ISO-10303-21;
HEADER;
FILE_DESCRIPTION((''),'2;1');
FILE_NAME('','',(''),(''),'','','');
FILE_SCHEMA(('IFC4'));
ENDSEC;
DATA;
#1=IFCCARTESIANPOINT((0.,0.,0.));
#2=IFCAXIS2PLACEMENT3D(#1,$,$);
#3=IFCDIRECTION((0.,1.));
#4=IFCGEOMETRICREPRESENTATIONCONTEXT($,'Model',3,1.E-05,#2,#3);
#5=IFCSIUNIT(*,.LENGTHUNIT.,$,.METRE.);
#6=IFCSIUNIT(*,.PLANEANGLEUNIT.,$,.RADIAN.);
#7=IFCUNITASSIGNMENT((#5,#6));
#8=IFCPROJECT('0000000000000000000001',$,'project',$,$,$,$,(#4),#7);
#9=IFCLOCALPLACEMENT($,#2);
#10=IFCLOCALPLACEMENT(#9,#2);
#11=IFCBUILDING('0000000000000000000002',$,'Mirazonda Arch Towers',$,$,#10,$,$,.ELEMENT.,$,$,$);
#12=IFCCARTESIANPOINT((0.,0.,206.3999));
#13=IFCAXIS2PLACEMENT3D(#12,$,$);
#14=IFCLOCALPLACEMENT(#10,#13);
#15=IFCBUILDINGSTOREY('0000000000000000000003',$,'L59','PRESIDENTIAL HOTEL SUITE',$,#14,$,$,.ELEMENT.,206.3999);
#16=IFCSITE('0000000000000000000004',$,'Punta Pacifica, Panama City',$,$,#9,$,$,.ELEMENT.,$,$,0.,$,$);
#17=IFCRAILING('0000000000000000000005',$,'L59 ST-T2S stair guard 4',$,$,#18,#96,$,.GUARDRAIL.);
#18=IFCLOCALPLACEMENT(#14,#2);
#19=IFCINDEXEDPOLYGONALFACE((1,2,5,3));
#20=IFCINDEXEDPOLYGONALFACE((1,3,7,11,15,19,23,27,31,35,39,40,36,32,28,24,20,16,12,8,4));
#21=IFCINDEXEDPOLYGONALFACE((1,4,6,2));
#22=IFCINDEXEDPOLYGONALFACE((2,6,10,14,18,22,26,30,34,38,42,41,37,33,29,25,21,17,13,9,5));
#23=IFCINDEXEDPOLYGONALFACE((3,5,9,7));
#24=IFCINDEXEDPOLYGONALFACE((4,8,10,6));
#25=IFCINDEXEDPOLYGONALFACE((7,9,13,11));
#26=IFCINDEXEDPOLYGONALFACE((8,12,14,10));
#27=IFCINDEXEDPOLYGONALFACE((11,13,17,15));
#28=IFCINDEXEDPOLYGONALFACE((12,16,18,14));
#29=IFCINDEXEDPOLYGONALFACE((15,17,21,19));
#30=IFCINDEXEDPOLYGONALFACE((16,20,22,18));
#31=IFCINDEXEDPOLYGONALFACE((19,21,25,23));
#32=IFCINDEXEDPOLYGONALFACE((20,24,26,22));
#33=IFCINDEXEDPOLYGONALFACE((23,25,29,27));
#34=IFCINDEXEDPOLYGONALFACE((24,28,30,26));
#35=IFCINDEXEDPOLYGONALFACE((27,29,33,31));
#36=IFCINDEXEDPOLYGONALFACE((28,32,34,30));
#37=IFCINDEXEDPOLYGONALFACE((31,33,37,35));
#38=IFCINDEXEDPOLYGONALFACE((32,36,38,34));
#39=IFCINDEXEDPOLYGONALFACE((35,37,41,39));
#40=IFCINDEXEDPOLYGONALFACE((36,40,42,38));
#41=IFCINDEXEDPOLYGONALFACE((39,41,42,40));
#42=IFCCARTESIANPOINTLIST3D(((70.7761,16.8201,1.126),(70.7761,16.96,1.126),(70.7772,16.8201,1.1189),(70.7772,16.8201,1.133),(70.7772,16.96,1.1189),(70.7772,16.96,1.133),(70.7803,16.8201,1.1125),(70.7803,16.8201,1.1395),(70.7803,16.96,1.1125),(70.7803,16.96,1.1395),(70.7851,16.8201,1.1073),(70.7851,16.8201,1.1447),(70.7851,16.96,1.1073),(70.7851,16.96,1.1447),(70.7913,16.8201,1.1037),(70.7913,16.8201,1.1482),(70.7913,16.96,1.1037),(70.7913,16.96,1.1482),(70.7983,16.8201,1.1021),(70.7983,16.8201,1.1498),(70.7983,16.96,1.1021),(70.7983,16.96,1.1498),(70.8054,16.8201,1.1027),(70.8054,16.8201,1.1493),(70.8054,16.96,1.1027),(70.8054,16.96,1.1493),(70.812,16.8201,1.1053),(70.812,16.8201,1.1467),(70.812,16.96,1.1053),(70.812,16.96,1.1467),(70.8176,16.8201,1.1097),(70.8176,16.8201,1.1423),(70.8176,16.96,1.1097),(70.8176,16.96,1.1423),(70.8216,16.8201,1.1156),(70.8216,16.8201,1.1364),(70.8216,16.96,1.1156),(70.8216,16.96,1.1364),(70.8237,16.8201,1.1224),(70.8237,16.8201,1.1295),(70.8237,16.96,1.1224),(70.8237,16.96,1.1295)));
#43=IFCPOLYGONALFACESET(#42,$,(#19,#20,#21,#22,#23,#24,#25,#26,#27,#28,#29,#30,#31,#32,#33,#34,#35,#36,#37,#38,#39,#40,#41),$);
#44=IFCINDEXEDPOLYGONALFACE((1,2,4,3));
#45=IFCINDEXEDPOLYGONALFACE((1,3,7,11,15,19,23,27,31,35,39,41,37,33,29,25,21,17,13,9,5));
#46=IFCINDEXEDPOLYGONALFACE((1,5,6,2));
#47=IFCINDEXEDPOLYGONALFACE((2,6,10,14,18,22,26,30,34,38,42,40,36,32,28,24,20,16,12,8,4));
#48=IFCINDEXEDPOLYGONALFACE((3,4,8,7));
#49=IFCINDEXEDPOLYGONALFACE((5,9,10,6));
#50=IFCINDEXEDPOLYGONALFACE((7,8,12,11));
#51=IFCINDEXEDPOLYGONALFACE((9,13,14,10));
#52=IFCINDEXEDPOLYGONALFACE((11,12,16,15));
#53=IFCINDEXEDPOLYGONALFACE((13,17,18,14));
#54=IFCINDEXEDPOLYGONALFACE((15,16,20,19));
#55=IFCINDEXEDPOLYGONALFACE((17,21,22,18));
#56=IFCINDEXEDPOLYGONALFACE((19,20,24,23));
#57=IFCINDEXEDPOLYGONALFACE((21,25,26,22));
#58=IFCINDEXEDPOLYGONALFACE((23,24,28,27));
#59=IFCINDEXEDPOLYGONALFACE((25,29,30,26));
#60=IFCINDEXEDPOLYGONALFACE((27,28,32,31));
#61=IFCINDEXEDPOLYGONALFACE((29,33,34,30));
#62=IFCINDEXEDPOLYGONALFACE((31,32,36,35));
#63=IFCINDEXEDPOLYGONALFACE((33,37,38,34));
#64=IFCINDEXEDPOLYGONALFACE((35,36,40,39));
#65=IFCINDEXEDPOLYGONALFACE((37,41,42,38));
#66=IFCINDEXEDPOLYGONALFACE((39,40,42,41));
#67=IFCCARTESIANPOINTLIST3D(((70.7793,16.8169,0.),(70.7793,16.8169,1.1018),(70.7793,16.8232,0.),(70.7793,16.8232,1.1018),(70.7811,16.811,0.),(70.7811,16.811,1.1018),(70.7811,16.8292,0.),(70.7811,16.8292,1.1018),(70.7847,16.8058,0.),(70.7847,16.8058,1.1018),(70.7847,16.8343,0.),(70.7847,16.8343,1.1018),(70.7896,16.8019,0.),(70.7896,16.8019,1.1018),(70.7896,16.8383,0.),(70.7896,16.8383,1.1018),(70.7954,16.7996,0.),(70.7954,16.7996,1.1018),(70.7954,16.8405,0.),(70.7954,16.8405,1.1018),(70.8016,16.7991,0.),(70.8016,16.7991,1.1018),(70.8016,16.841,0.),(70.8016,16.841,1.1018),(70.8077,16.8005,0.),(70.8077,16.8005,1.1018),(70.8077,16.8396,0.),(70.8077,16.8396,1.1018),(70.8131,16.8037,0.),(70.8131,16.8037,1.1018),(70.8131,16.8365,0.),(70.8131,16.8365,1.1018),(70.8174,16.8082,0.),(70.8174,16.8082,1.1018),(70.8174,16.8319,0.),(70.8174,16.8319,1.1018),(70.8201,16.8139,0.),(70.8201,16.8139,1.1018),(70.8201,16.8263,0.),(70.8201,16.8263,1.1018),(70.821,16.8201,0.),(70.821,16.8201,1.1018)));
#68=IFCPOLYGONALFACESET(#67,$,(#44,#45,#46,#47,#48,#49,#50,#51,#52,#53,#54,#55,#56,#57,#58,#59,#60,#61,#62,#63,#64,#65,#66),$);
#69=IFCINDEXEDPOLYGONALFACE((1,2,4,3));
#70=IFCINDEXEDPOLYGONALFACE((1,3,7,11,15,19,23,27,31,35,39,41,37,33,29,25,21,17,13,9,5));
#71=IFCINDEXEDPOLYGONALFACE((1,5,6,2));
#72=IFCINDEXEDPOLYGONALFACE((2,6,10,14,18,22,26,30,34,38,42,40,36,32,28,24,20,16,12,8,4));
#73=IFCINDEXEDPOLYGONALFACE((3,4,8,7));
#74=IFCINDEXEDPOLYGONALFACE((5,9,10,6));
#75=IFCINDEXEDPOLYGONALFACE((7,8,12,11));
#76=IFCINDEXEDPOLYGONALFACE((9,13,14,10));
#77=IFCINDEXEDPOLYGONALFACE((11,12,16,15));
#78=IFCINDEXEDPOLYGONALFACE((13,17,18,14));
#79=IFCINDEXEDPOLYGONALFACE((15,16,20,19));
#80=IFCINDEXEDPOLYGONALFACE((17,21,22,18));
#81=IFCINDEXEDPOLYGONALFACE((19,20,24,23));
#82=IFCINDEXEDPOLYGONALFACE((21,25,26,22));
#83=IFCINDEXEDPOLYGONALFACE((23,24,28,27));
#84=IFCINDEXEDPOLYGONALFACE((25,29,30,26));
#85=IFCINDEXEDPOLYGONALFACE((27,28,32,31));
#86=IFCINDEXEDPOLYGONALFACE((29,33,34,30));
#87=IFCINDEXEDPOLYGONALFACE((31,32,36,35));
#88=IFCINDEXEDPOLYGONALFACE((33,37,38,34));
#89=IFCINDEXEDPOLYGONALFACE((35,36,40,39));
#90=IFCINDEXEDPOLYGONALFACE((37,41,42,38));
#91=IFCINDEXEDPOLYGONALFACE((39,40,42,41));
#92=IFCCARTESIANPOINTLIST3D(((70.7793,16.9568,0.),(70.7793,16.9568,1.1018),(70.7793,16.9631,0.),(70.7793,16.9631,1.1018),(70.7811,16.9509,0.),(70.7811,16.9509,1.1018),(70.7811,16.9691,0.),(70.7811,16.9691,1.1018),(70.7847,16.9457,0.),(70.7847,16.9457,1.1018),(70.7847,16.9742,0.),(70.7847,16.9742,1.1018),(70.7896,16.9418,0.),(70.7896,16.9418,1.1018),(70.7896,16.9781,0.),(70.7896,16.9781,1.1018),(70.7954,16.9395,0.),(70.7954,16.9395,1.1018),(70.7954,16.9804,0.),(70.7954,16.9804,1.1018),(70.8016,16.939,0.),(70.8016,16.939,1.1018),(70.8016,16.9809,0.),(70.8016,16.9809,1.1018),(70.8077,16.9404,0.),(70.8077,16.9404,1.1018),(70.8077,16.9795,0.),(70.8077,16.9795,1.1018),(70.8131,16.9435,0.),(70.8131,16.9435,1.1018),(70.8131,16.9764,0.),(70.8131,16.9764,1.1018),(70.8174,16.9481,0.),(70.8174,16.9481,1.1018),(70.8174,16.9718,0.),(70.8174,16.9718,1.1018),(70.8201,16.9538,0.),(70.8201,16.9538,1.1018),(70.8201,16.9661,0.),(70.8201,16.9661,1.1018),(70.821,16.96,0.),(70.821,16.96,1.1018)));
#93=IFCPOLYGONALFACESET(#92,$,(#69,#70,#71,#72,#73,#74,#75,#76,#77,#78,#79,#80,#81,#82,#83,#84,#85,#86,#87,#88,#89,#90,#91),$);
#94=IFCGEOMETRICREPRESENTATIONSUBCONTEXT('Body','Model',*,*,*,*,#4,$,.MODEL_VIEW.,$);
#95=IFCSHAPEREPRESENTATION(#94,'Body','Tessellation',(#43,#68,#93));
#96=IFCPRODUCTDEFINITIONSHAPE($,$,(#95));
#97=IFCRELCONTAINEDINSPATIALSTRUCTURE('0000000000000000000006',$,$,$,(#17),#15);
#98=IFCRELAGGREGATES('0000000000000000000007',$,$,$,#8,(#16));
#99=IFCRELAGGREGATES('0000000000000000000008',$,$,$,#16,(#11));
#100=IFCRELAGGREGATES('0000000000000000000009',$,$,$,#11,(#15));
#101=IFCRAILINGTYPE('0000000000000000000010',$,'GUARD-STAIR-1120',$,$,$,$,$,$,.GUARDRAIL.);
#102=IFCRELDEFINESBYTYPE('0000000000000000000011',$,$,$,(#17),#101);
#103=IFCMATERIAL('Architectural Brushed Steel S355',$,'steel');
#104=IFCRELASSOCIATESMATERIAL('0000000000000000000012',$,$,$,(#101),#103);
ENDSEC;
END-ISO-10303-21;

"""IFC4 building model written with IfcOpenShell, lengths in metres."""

from ifc_helpers import new_model, si_unit, direction, frame, origin, origin_2d, place, context, subcontext, project, spatial, circle, extrude, material, type_object, element, save


model = new_model("IFC4")

# Units and contexts
model_context = context("Model", 3, precision=1e-05, world=origin(), true_north=direction((0.0, 1.0)))
body_context = subcontext(model_context, "Body", "Model", "MODEL_VIEW")
ifc_project = project(units=[si_unit("LENGTHUNIT", "METRE"), si_unit("PLANEANGLEUNIT", "RADIAN")], contexts=[model_context])

# Site, building, storey
site_placement = place(None, origin())
site = spatial("IfcSite", under=ifc_project, at=site_placement, Name="Punta Pacifica, Panama City", CompositionType="ELEMENT", RefElevation=0.0)
building_placement = place(site_placement, origin())
building = spatial("IfcBuilding", under=site, at=building_placement, Name="Mirazonda Arch Towers", CompositionType="ELEMENT")
storey_placement = place(building_placement, frame((0.0, 0.0, 206.3999)))
storey = spatial("IfcBuildingStorey", under=building, at=storey_placement, Name="L59", Description="PRESIDENTIAL HOTEL SUITE", CompositionType="ELEMENT", Elevation=206.3999)

# Railing
ifc_material_1 = material(Name="Architectural Brushed Steel S355", Category="steel")
railing_type_1 = type_object("IfcRailingType", Name="GUARD-STAIR-1120", PredefinedType="GUARDRAIL", material=ifc_material_1)
railing_1_placement = place(storey_placement, frame((70.8, 16.8201, 0.0)))
element("IfcRailing", 1, at=railing_1_placement, inside=storey, type_object=railing_type_1, Name="L59 ST-T2S stair guard 4", PredefinedType="GUARDRAIL", context=body_context, shape_type="SweptSolid", body=[
    extrude(circle(Radius=0.0239, at=origin_2d()), frame((0.0, 0.0, 1.126), z_axis=(0.0, 1.0, 0.0), x_axis=(-1.0, 0.0, 0.0)), (0.0, 0.0, 1.0), 0.1399),
    extrude(circle(Radius=0.021, at=origin_2d()), origin(), (0.0, 0.0, 1.0), 1.1018),
    extrude(circle(Radius=0.021, at=origin_2d()), frame((0.0, 0.1399, 0.0)), (0.0, 0.0, 1.0), 1.1018),
])

save(model, "model.ifc")
